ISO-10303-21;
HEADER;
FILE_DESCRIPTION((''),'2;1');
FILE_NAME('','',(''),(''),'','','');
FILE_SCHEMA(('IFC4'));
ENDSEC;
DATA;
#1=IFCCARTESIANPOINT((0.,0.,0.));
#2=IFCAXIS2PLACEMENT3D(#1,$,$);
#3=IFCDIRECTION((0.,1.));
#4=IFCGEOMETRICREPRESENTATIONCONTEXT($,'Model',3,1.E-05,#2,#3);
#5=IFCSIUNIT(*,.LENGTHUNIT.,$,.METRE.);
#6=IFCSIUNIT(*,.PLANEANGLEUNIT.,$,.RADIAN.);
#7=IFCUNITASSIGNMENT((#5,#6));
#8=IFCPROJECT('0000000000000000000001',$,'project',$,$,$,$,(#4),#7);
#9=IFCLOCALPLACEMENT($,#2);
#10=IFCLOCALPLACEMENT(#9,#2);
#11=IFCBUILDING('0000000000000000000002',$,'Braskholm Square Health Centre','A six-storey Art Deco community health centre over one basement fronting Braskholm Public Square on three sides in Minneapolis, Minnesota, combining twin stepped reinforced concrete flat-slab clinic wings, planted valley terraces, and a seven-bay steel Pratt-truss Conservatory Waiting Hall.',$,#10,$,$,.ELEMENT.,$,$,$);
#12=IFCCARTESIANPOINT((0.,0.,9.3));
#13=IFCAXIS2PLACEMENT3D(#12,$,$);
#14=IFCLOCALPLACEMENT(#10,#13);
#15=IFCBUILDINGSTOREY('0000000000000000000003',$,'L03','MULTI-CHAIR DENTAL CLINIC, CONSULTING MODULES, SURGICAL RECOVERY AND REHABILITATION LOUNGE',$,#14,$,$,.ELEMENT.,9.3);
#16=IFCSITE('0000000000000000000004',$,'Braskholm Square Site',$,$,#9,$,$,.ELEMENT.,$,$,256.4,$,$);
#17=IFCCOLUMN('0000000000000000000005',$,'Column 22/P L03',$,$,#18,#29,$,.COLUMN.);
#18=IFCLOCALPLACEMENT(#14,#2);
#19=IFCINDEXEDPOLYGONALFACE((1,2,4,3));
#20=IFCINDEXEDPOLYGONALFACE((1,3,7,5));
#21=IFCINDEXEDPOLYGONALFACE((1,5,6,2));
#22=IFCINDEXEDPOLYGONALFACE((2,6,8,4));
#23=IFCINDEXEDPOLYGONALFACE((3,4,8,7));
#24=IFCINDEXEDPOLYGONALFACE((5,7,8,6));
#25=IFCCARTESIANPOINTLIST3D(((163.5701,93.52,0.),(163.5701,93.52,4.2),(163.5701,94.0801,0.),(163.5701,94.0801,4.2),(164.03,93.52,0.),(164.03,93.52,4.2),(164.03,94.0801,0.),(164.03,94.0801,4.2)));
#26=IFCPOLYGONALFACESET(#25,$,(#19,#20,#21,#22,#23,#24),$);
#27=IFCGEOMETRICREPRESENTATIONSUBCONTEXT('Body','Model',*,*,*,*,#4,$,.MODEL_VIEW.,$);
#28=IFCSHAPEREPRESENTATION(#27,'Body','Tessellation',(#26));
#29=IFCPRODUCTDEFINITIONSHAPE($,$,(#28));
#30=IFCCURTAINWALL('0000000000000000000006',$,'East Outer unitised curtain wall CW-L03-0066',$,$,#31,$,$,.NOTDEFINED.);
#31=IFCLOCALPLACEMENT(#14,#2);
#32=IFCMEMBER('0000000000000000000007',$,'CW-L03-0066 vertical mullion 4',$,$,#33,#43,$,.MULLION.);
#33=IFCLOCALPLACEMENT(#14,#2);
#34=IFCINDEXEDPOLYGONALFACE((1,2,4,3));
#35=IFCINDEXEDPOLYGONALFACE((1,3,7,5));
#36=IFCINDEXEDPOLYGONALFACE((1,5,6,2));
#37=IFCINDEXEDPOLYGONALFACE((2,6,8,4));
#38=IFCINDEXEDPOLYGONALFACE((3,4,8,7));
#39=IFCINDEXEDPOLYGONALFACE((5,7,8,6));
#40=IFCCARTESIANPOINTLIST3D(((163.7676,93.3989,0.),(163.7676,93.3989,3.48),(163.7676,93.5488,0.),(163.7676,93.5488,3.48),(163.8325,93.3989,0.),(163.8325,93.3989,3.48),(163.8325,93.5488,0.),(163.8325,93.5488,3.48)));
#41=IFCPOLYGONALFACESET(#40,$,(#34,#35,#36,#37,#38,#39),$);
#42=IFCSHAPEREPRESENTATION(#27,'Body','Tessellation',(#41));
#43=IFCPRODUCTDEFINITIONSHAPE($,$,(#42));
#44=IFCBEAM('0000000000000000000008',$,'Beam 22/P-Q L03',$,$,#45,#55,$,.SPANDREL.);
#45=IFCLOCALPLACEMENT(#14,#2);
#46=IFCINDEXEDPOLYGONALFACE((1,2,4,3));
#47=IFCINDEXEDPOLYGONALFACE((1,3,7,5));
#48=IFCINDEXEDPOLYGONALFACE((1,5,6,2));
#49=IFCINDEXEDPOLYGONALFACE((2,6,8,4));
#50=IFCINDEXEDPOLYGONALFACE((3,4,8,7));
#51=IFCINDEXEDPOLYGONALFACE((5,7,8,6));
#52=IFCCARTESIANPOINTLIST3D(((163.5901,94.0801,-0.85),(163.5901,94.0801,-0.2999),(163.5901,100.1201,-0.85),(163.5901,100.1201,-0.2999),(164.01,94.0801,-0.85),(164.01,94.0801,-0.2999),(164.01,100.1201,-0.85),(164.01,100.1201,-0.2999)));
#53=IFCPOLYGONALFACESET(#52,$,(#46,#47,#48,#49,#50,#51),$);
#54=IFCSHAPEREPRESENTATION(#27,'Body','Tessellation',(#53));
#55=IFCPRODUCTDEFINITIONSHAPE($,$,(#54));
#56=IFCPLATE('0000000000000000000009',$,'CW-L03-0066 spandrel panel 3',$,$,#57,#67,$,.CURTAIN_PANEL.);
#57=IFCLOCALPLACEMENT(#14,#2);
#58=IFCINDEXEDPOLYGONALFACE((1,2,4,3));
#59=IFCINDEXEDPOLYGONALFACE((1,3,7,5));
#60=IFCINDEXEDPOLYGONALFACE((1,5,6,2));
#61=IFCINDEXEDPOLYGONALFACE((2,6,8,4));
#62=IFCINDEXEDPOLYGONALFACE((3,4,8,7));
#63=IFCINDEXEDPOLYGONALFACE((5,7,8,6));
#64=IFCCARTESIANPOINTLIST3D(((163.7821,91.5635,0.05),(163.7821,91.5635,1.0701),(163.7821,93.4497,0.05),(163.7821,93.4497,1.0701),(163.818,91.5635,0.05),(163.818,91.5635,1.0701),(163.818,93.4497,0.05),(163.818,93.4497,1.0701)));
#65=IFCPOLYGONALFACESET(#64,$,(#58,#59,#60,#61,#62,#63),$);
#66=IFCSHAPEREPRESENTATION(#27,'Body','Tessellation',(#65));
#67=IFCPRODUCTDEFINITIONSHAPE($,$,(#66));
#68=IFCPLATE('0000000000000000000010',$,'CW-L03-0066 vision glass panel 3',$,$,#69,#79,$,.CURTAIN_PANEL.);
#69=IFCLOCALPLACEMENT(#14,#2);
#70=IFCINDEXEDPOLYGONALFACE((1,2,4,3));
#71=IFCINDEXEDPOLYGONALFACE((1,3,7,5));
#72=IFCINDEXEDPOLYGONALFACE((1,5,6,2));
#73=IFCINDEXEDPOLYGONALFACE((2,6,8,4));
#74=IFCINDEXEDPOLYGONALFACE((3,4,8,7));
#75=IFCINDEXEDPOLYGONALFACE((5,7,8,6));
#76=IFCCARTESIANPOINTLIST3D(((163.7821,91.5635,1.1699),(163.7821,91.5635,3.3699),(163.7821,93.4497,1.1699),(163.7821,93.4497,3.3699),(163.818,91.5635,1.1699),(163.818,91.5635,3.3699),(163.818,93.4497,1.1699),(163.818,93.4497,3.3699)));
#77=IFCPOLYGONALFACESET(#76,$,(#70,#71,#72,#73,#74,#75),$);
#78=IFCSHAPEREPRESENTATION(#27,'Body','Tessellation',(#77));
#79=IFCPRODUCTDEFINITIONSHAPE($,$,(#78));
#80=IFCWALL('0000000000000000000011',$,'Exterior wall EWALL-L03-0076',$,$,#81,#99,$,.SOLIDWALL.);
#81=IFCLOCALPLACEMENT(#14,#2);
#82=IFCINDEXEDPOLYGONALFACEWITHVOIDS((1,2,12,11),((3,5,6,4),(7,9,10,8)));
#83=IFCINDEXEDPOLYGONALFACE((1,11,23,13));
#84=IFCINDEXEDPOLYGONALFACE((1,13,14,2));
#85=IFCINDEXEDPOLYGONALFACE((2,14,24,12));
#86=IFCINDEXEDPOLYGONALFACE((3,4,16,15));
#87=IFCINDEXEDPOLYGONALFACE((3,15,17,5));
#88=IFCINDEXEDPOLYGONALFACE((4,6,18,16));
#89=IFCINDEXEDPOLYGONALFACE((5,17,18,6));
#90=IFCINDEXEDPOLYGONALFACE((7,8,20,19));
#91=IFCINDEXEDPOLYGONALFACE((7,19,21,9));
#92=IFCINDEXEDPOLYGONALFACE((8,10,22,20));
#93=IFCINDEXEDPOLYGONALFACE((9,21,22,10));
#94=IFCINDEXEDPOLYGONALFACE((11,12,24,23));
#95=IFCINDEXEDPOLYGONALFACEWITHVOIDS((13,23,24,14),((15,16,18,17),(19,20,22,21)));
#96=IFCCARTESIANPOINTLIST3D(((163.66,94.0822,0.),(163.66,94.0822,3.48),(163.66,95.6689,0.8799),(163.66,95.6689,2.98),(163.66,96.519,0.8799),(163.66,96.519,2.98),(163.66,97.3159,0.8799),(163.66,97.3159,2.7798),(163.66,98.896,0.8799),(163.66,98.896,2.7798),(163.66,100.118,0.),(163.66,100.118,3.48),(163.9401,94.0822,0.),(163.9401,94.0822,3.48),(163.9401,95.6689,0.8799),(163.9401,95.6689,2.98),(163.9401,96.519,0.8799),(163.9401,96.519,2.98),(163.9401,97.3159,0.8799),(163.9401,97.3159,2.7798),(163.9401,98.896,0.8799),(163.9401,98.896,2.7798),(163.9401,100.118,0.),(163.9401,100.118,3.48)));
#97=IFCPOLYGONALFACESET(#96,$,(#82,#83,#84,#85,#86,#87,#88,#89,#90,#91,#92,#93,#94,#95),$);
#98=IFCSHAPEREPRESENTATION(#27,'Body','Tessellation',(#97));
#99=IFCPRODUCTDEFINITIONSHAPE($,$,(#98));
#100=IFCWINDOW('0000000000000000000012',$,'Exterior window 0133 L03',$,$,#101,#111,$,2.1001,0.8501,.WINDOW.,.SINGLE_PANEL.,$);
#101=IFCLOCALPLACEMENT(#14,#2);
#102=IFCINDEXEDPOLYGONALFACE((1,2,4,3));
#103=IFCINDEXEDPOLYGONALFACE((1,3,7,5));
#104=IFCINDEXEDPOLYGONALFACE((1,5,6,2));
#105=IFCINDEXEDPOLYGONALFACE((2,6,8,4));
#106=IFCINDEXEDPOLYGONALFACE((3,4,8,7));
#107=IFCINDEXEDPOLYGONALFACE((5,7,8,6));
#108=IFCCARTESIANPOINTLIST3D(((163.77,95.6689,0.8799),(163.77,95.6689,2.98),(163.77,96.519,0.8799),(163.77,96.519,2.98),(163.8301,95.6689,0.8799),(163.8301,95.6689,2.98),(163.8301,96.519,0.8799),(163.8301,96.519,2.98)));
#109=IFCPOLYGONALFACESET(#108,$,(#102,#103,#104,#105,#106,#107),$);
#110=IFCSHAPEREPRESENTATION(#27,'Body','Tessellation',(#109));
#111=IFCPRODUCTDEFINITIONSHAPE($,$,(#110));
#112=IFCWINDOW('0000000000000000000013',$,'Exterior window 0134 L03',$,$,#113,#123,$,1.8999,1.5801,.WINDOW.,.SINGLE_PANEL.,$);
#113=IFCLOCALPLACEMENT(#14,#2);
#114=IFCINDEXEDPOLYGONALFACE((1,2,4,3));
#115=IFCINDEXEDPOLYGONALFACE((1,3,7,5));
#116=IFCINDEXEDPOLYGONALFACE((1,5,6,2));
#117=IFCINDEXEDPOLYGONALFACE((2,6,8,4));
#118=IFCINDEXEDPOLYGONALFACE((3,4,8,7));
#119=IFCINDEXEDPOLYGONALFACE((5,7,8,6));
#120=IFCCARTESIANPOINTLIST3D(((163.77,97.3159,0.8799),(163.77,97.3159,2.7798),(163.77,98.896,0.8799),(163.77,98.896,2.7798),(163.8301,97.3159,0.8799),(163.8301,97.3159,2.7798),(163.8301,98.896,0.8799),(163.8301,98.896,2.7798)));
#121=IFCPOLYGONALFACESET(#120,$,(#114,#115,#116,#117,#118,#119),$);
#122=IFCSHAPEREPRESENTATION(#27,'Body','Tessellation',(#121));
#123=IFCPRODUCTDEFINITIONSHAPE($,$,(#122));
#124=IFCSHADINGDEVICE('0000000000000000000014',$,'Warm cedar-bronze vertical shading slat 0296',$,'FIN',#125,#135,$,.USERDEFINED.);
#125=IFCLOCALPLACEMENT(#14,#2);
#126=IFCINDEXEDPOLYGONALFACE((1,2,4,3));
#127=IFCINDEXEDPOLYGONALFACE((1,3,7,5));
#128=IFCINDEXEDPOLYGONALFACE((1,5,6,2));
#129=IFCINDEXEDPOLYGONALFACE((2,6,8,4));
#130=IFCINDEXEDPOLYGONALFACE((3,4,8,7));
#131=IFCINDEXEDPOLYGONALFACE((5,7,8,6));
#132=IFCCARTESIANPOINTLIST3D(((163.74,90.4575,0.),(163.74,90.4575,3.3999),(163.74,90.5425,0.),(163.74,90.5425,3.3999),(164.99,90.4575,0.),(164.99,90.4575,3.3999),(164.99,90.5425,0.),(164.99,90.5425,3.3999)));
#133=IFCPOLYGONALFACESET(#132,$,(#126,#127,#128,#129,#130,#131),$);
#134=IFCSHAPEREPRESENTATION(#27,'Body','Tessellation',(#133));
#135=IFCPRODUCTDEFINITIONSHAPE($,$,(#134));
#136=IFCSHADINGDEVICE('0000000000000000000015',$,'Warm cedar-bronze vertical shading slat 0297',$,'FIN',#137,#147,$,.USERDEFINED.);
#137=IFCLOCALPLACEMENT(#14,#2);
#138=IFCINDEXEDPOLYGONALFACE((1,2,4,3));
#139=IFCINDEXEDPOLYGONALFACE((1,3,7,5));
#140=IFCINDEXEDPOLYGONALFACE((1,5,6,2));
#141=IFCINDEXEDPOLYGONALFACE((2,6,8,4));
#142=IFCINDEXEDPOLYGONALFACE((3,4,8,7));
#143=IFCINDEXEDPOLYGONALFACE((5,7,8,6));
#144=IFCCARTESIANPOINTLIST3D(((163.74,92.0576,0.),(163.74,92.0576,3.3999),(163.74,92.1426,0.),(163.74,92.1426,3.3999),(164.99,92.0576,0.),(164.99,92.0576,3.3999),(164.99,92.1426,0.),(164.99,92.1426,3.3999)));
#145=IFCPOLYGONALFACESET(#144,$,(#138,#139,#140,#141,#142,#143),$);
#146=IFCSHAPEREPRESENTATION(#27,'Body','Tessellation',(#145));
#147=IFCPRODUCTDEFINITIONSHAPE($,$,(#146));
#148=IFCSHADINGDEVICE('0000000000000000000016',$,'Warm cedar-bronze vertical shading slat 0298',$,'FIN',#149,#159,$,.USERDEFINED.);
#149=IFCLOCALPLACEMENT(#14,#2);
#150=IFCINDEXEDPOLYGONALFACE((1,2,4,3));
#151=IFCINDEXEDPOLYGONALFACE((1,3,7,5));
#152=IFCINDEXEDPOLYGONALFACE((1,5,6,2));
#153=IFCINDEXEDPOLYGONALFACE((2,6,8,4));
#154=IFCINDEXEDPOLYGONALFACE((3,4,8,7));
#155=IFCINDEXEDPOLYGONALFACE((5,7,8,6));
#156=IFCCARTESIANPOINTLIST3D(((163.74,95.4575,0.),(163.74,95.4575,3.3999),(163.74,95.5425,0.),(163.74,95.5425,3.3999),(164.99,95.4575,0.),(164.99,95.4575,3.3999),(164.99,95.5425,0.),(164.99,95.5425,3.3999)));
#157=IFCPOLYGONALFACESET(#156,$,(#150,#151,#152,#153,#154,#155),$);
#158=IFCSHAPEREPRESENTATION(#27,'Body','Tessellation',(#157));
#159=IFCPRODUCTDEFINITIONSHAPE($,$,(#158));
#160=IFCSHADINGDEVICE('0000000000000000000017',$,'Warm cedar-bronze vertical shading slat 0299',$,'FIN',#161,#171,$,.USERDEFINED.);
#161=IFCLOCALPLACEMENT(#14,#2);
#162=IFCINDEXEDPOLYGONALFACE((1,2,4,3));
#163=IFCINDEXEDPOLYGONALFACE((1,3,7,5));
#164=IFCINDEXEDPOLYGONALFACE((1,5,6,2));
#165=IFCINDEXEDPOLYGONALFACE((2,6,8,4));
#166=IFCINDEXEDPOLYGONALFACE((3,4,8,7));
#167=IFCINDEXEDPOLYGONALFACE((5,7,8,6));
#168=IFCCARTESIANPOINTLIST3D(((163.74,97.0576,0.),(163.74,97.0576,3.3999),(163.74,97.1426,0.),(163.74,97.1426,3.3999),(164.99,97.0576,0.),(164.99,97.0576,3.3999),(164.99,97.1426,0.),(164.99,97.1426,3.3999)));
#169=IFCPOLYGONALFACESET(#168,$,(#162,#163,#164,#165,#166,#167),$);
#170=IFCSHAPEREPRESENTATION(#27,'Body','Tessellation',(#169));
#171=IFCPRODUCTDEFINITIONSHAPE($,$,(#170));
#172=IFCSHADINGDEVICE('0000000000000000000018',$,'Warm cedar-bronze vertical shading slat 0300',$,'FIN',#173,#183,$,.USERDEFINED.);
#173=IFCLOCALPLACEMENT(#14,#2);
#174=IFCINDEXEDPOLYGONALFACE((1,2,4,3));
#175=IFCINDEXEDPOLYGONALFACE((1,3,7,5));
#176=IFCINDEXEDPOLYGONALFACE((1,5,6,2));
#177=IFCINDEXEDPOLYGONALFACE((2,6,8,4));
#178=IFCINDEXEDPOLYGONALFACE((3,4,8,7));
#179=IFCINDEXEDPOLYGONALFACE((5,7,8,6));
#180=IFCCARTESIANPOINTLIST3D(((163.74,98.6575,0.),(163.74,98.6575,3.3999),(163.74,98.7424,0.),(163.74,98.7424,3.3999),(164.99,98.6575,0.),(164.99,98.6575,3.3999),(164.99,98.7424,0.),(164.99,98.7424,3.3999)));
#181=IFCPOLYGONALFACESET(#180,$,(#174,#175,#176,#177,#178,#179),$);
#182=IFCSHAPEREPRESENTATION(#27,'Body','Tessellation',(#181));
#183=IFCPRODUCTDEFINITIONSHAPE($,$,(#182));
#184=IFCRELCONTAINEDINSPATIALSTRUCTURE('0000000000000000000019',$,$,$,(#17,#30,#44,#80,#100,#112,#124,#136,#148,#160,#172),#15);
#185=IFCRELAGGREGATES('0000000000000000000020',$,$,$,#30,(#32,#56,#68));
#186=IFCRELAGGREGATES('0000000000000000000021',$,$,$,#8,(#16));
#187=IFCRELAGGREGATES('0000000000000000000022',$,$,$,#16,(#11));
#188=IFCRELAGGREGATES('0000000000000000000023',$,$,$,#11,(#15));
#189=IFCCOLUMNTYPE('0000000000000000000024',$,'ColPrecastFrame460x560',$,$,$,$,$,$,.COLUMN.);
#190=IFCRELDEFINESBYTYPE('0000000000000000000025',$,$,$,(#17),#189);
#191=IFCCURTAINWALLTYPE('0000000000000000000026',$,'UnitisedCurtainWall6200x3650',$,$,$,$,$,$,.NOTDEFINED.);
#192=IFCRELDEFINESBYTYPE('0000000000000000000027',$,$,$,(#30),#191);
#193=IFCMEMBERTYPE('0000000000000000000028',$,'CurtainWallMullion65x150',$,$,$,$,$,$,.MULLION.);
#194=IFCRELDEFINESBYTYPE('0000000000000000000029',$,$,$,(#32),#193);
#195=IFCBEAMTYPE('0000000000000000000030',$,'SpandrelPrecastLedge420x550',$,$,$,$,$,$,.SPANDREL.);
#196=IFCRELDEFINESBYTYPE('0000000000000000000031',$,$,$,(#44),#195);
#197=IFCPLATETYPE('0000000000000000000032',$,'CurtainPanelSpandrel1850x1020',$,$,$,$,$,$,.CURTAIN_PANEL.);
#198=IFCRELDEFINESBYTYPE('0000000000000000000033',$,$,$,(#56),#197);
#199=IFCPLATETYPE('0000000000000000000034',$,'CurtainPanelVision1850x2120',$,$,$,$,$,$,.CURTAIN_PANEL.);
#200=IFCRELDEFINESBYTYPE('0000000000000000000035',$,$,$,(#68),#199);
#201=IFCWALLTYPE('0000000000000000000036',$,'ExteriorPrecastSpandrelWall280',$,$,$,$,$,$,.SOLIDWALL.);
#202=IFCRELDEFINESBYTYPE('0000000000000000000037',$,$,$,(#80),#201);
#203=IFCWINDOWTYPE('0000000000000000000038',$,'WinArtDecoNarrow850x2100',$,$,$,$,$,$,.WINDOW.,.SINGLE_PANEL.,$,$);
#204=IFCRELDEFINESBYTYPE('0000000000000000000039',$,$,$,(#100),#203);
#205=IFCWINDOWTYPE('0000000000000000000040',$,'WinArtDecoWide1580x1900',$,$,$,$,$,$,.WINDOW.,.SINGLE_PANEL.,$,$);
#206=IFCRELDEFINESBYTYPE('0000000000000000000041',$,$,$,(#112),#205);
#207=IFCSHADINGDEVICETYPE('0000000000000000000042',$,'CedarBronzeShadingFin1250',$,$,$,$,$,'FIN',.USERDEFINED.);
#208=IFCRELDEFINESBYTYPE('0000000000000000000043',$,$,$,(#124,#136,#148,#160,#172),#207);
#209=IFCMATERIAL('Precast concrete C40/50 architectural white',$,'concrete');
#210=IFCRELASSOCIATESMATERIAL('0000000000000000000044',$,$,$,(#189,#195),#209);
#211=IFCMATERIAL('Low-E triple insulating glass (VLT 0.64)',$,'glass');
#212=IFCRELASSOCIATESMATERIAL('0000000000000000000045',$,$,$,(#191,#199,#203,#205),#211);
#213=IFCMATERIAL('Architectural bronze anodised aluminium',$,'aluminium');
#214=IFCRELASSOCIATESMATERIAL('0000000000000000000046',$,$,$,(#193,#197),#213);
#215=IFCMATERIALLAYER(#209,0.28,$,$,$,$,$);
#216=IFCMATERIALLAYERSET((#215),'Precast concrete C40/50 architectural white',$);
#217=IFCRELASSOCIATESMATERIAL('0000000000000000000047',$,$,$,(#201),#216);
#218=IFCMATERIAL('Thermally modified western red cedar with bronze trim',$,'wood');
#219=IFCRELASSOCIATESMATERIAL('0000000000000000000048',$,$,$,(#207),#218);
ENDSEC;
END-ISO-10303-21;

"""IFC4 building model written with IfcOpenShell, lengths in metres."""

from ifc_helpers import new_model, si_unit, direction, frame, frame_2d, origin, origin_with_axes, origin_2d, place, context, subcontext, project, spatial, rectangle, extrude, material, layer, layer_set, material_profile, profile_set, type_object, element, fill, aggregate, save


model = new_model("IFC4")

# Units and contexts
model_context = context("Model", 3, precision=1e-05, world=origin(), true_north=direction((0.0, 1.0)))
body_context = subcontext(model_context, "Body", "Model", "MODEL_VIEW")
ifc_project = project(units=[si_unit("LENGTHUNIT", "METRE"), si_unit("PLANEANGLEUNIT", "RADIAN")], contexts=[model_context])

# Site, building, storey
site_placement = place(None, origin())
site = spatial("IfcSite", under=ifc_project, at=site_placement, Name="Braskholm Square Site", CompositionType="ELEMENT", RefElevation=256.4)
building_placement = place(site_placement, origin())
building = spatial("IfcBuilding", under=site, at=building_placement, Name="Braskholm Square Health Centre", Description="A six-storey Art Deco community health centre over one basement fronting Braskholm Public Square on three sides in Minneapolis, Minnesota, combining twin stepped reinforced concrete flat-slab clinic wings, planted valley terraces, and a seven-bay steel Pratt-truss Conservatory Waiting Hall.", CompositionType="ELEMENT")
storey_placement = place(building_placement, frame((0.0, 0.0, 9.3)))
storey = spatial("IfcBuildingStorey", under=building, at=storey_placement, Name="L03", Description="MULTI-CHAIR DENTAL CLINIC, CONSULTING MODULES, SURGICAL RECOVERY AND REHABILITATION LOUNGE", CompositionType="ELEMENT", Elevation=9.3)

# Column
ifc_material_1 = material(Name="Precast concrete C40/50 architectural white", Category="concrete")
ifc_material_profile_1 = material_profile(ifc_material_1, rectangle(XDim=0.46, YDim=0.5601, at=origin_2d()), Name="RC-460X560")
ifc_profile_set_1 = profile_set([ifc_material_profile_1], Name="Precast concrete C40/50 architectural white")
column_type = type_object("IfcColumnType", Name="ColPrecastFrame460x560", PredefinedType="COLUMN", material=ifc_profile_set_1)
column_placement = place(storey_placement, frame((163.8, 93.8, 0.0), z_axis=(0.0, 0.0, 1.0), x_axis=(1.0, 0.0, 0.0)))
element("IfcColumn", 1, at=column_placement, inside=storey, type_object=column_type, Name="Column 22/P L03", PredefinedType="COLUMN", context=body_context, shape_type="SweptSolid", body=[
    extrude(rectangle(XDim=0.46, YDim=0.5601, at=origin_2d()), origin(), (0.0, 0.0, 1.0), 4.2),
])

# Curtain wall, member
ifc_material_2 = material(Name="Low-E triple insulating glass (VLT 0.64)", Category="glass")
curtain_wall_type = type_object("IfcCurtainWallType", Name="UnitisedCurtainWall6200x3650", PredefinedType="NOTDEFINED", material=ifc_material_2)
curtain_wall_placement = place(storey_placement, origin())
curtain_wall = element("IfcCurtainWall", 2, at=curtain_wall_placement, inside=storey, type_object=curtain_wall_type, Name="East Outer unitised curtain wall CW-L03-0066", PredefinedType="NOTDEFINED")
ifc_material_3 = material(Name="Architectural bronze anodised aluminium", Category="aluminium")
ifc_material_profile_2 = material_profile(ifc_material_3, rectangle(XDim=0.0649, YDim=0.1499, at=origin_2d()), Name="ALU-65X150")
ifc_profile_set_2 = profile_set([ifc_material_profile_2], Name="Architectural bronze anodised aluminium")
member_type = type_object("IfcMemberType", Name="CurtainWallMullion65x150", PredefinedType="MULLION", material=ifc_profile_set_2)
member_placement = place(storey_placement, frame((163.8, 93.4739, 0.0), z_axis=(0.0, 0.0, 1.0), x_axis=(1.0, 0.0, 0.0)))
member = element("IfcMember", 3, at=member_placement, type_object=member_type, Name="CW-L03-0066 vertical mullion 4", PredefinedType="MULLION", context=body_context, shape_type="SweptSolid", body=[
    extrude(rectangle(XDim=0.0649, YDim=0.1499, at=origin_2d()), origin(), (0.0, 0.0, 1.0), 3.48),
])

# Beam
ifc_material_profile_3 = material_profile(ifc_material_1, rectangle(XDim=0.4199, YDim=0.55, at=origin_2d()), Name="RCB-420X550")
ifc_profile_set_3 = profile_set([ifc_material_profile_3], Name="Precast concrete C40/50 architectural white")
beam_type = type_object("IfcBeamType", Name="SpandrelPrecastLedge420x550", PredefinedType="SPANDREL", material=ifc_profile_set_3)
beam_placement = place(storey_placement, frame((163.8, 94.0801, -0.575), z_axis=(0.0, 1.0, 0.0), x_axis=(-1.0, 0.0, 0.0)))
element("IfcBeam", 4, at=beam_placement, inside=storey, type_object=beam_type, Name="Beam 22/P-Q L03", PredefinedType="SPANDREL", context=body_context, shape_type="SweptSolid", body=[
    extrude(rectangle(XDim=0.4199, YDim=0.55, at=origin_2d()), origin(), (0.0, 0.0, 1.0), 6.04),
])

# Plates
plate_type_1 = type_object("IfcPlateType", Name="CurtainPanelSpandrel1850x1020", PredefinedType="CURTAIN_PANEL", material=ifc_material_3)
plate_1_placement = place(storey_placement, frame((163.8, 92.5066, 0.05), z_axis=(0.0, 0.0, 1.0), x_axis=(0.0, 1.0, 0.0)))
plate_1 = element("IfcPlate", 5, at=plate_1_placement, type_object=plate_type_1, Name="CW-L03-0066 spandrel panel 3", PredefinedType="CURTAIN_PANEL", context=body_context, shape_type="SweptSolid", body=[
    extrude(rectangle(XDim=1.8862, YDim=0.0359, at=origin_2d()), origin(), (0.0, 0.0, 1.0), 1.02),
])
plate_type_2 = type_object("IfcPlateType", Name="CurtainPanelVision1850x2120", PredefinedType="CURTAIN_PANEL", material=ifc_material_2)
plate_2_placement = place(storey_placement, frame((163.8, 92.5066, 1.1699), z_axis=(0.0, 0.0, 1.0), x_axis=(0.0, 1.0, 0.0)))
plate_2 = element("IfcPlate", 6, at=plate_2_placement, type_object=plate_type_2, Name="CW-L03-0066 vision glass panel 3", PredefinedType="CURTAIN_PANEL", context=body_context, shape_type="SweptSolid", body=[
    extrude(rectangle(XDim=1.8862, YDim=0.0359, at=origin_2d()), origin(), (0.0, 0.0, 1.0), 2.2),
])
aggregate(curtain_wall, [member, plate_1, plate_2])

# Wall, openings, windows
ifc_layer_1 = layer(ifc_material_1, 0.28)
ifc_layer_set_1 = layer_set([ifc_layer_1], Name="Precast concrete C40/50 architectural white")
wall_type = type_object("IfcWallType", Name="ExteriorPrecastSpandrelWall280", PredefinedType="SOLIDWALL", material=ifc_layer_set_1)
wall_placement = place(storey_placement, frame((163.8, 94.082, 0.0), z_axis=(0.0, 0.0, 1.0), x_axis=(0.0, 1.0, 0.0)))
wall = element("IfcWall", 7, at=wall_placement, inside=storey, type_object=wall_type, Name="Exterior wall EWALL-L03-0076", PredefinedType="SOLIDWALL", context=body_context, shape_type="SweptSolid", body=[
    extrude(rectangle(XDim=6.0359, YDim=0.28, at=frame_2d((3.0181, 0.0))), origin(), (0.0, 0.0, 1.0), 3.48),
])
opening_1_placement = place(wall_placement, frame((1.5869, 0.0, 0.8799)))
opening_1 = element("IfcOpeningElement", 8, at=opening_1_placement, cuts=wall, PredefinedType="OPENING", context=body_context, shape_type="SweptSolid", body=[
    extrude(rectangle(XDim=0.8501, YDim=2.1001, at=frame_2d((0.425, 1.05))), frame((0.0, 0.1499, 0.0), z_axis=(0.0, -1.0, 0.0), x_axis=(1.0, 0.0, 0.0)), (0.0, 0.0, 1.0), 0.3),
])
opening_2_placement = place(wall_placement, frame((3.2339, 0.0, 0.8799)))
opening_2 = element("IfcOpeningElement", 9, at=opening_2_placement, cuts=wall, PredefinedType="OPENING", context=body_context, shape_type="SweptSolid", body=[
    extrude(rectangle(XDim=1.5801, YDim=1.8999, at=frame_2d((0.79, 0.95))), frame((0.0, 0.1499, 0.0), z_axis=(0.0, -1.0, 0.0), x_axis=(1.0, 0.0, 0.0)), (0.0, 0.0, 1.0), 0.3),
])
window_type_1 = type_object("IfcWindowType", Name="WinArtDecoNarrow850x2100", PartitioningType="SINGLE_PANEL", PredefinedType="WINDOW", material=ifc_material_2)
window_1_placement = place(opening_1_placement, origin_with_axes())
window_1 = element("IfcWindow", 10, at=window_1_placement, inside=storey, type_object=window_type_1, Name="Exterior window 0133 L03", OverallHeight=2.1001, OverallWidth=0.8501, PartitioningType="SINGLE_PANEL", PredefinedType="WINDOW", context=body_context, shape_type="SweptSolid", body=[
    extrude(rectangle(XDim=0.8501, YDim=2.1001, at=frame_2d((0.425, 1.05))), frame((0.0, 0.03, 0.0), z_axis=(0.0, -1.0, 0.0), x_axis=(1.0, 0.0, 0.0)), (0.0, 0.0, 1.0), 0.0601),
])
fill(opening_1, window_1)
window_type_2 = type_object("IfcWindowType", Name="WinArtDecoWide1580x1900", PartitioningType="SINGLE_PANEL", PredefinedType="WINDOW", material=ifc_material_2)
window_2_placement = place(opening_2_placement, origin_with_axes())
window_2 = element("IfcWindow", 11, at=window_2_placement, inside=storey, type_object=window_type_2, Name="Exterior window 0134 L03", OverallHeight=1.8999, OverallWidth=1.5801, PartitioningType="SINGLE_PANEL", PredefinedType="WINDOW", context=body_context, shape_type="SweptSolid", body=[
    extrude(rectangle(XDim=1.5801, YDim=1.8999, at=frame_2d((0.79, 0.95))), frame((0.0, 0.03, 0.0), z_axis=(0.0, -1.0, 0.0), x_axis=(1.0, 0.0, 0.0)), (0.0, 0.0, 1.0), 0.0601),
])
fill(opening_2, window_2)

# Shading devices
ifc_material_4 = material(Name="Thermally modified western red cedar with bronze trim", Category="wood")
shading_device_type = type_object("IfcShadingDeviceType", Name="CedarBronzeShadingFin1250", ElementType="FIN", PredefinedType="USERDEFINED", material=ifc_material_4)
for number, where, z_axis, x_axis, name in (
    (12, (164.365, 90.5, 0.0), (0.0, 0.0, 1.0), (1.0, 0.0, 0.0), "Warm cedar-bronze vertical shading slat 0296"),
    (13, (164.365, 92.1001, 0.0), (0.0, 0.0, 1.0), (1.0, 0.0, 0.0), "Warm cedar-bronze vertical shading slat 0297"),
    (14, (164.365, 95.5, 0.0), (0.0, 0.0, 1.0), (1.0, 0.0, 0.0), "Warm cedar-bronze vertical shading slat 0298"),
    (15, (164.365, 97.1001, 0.0), (0.0, 0.0, 1.0), (1.0, 0.0, 0.0), "Warm cedar-bronze vertical shading slat 0299"),
    (16, (164.365, 98.7, 0.0), (0.0, 0.0, 1.0), (1.0, 0.0, 0.0), "Warm cedar-bronze vertical shading slat 0300"),
):
    element("IfcShadingDevice", number, at=place(storey_placement, frame(where, z_axis=z_axis, x_axis=x_axis)), inside=storey, type_object=shading_device_type, Name=name, ObjectType="FIN", PredefinedType="USERDEFINED", context=body_context, shape_type="SweptSolid", body=[
        extrude(rectangle(XDim=1.25, YDim=0.085, at=origin_2d()), origin(), (0.0, 0.0, 1.0), 3.3999),
    ])

save(model, "model.ifc")
